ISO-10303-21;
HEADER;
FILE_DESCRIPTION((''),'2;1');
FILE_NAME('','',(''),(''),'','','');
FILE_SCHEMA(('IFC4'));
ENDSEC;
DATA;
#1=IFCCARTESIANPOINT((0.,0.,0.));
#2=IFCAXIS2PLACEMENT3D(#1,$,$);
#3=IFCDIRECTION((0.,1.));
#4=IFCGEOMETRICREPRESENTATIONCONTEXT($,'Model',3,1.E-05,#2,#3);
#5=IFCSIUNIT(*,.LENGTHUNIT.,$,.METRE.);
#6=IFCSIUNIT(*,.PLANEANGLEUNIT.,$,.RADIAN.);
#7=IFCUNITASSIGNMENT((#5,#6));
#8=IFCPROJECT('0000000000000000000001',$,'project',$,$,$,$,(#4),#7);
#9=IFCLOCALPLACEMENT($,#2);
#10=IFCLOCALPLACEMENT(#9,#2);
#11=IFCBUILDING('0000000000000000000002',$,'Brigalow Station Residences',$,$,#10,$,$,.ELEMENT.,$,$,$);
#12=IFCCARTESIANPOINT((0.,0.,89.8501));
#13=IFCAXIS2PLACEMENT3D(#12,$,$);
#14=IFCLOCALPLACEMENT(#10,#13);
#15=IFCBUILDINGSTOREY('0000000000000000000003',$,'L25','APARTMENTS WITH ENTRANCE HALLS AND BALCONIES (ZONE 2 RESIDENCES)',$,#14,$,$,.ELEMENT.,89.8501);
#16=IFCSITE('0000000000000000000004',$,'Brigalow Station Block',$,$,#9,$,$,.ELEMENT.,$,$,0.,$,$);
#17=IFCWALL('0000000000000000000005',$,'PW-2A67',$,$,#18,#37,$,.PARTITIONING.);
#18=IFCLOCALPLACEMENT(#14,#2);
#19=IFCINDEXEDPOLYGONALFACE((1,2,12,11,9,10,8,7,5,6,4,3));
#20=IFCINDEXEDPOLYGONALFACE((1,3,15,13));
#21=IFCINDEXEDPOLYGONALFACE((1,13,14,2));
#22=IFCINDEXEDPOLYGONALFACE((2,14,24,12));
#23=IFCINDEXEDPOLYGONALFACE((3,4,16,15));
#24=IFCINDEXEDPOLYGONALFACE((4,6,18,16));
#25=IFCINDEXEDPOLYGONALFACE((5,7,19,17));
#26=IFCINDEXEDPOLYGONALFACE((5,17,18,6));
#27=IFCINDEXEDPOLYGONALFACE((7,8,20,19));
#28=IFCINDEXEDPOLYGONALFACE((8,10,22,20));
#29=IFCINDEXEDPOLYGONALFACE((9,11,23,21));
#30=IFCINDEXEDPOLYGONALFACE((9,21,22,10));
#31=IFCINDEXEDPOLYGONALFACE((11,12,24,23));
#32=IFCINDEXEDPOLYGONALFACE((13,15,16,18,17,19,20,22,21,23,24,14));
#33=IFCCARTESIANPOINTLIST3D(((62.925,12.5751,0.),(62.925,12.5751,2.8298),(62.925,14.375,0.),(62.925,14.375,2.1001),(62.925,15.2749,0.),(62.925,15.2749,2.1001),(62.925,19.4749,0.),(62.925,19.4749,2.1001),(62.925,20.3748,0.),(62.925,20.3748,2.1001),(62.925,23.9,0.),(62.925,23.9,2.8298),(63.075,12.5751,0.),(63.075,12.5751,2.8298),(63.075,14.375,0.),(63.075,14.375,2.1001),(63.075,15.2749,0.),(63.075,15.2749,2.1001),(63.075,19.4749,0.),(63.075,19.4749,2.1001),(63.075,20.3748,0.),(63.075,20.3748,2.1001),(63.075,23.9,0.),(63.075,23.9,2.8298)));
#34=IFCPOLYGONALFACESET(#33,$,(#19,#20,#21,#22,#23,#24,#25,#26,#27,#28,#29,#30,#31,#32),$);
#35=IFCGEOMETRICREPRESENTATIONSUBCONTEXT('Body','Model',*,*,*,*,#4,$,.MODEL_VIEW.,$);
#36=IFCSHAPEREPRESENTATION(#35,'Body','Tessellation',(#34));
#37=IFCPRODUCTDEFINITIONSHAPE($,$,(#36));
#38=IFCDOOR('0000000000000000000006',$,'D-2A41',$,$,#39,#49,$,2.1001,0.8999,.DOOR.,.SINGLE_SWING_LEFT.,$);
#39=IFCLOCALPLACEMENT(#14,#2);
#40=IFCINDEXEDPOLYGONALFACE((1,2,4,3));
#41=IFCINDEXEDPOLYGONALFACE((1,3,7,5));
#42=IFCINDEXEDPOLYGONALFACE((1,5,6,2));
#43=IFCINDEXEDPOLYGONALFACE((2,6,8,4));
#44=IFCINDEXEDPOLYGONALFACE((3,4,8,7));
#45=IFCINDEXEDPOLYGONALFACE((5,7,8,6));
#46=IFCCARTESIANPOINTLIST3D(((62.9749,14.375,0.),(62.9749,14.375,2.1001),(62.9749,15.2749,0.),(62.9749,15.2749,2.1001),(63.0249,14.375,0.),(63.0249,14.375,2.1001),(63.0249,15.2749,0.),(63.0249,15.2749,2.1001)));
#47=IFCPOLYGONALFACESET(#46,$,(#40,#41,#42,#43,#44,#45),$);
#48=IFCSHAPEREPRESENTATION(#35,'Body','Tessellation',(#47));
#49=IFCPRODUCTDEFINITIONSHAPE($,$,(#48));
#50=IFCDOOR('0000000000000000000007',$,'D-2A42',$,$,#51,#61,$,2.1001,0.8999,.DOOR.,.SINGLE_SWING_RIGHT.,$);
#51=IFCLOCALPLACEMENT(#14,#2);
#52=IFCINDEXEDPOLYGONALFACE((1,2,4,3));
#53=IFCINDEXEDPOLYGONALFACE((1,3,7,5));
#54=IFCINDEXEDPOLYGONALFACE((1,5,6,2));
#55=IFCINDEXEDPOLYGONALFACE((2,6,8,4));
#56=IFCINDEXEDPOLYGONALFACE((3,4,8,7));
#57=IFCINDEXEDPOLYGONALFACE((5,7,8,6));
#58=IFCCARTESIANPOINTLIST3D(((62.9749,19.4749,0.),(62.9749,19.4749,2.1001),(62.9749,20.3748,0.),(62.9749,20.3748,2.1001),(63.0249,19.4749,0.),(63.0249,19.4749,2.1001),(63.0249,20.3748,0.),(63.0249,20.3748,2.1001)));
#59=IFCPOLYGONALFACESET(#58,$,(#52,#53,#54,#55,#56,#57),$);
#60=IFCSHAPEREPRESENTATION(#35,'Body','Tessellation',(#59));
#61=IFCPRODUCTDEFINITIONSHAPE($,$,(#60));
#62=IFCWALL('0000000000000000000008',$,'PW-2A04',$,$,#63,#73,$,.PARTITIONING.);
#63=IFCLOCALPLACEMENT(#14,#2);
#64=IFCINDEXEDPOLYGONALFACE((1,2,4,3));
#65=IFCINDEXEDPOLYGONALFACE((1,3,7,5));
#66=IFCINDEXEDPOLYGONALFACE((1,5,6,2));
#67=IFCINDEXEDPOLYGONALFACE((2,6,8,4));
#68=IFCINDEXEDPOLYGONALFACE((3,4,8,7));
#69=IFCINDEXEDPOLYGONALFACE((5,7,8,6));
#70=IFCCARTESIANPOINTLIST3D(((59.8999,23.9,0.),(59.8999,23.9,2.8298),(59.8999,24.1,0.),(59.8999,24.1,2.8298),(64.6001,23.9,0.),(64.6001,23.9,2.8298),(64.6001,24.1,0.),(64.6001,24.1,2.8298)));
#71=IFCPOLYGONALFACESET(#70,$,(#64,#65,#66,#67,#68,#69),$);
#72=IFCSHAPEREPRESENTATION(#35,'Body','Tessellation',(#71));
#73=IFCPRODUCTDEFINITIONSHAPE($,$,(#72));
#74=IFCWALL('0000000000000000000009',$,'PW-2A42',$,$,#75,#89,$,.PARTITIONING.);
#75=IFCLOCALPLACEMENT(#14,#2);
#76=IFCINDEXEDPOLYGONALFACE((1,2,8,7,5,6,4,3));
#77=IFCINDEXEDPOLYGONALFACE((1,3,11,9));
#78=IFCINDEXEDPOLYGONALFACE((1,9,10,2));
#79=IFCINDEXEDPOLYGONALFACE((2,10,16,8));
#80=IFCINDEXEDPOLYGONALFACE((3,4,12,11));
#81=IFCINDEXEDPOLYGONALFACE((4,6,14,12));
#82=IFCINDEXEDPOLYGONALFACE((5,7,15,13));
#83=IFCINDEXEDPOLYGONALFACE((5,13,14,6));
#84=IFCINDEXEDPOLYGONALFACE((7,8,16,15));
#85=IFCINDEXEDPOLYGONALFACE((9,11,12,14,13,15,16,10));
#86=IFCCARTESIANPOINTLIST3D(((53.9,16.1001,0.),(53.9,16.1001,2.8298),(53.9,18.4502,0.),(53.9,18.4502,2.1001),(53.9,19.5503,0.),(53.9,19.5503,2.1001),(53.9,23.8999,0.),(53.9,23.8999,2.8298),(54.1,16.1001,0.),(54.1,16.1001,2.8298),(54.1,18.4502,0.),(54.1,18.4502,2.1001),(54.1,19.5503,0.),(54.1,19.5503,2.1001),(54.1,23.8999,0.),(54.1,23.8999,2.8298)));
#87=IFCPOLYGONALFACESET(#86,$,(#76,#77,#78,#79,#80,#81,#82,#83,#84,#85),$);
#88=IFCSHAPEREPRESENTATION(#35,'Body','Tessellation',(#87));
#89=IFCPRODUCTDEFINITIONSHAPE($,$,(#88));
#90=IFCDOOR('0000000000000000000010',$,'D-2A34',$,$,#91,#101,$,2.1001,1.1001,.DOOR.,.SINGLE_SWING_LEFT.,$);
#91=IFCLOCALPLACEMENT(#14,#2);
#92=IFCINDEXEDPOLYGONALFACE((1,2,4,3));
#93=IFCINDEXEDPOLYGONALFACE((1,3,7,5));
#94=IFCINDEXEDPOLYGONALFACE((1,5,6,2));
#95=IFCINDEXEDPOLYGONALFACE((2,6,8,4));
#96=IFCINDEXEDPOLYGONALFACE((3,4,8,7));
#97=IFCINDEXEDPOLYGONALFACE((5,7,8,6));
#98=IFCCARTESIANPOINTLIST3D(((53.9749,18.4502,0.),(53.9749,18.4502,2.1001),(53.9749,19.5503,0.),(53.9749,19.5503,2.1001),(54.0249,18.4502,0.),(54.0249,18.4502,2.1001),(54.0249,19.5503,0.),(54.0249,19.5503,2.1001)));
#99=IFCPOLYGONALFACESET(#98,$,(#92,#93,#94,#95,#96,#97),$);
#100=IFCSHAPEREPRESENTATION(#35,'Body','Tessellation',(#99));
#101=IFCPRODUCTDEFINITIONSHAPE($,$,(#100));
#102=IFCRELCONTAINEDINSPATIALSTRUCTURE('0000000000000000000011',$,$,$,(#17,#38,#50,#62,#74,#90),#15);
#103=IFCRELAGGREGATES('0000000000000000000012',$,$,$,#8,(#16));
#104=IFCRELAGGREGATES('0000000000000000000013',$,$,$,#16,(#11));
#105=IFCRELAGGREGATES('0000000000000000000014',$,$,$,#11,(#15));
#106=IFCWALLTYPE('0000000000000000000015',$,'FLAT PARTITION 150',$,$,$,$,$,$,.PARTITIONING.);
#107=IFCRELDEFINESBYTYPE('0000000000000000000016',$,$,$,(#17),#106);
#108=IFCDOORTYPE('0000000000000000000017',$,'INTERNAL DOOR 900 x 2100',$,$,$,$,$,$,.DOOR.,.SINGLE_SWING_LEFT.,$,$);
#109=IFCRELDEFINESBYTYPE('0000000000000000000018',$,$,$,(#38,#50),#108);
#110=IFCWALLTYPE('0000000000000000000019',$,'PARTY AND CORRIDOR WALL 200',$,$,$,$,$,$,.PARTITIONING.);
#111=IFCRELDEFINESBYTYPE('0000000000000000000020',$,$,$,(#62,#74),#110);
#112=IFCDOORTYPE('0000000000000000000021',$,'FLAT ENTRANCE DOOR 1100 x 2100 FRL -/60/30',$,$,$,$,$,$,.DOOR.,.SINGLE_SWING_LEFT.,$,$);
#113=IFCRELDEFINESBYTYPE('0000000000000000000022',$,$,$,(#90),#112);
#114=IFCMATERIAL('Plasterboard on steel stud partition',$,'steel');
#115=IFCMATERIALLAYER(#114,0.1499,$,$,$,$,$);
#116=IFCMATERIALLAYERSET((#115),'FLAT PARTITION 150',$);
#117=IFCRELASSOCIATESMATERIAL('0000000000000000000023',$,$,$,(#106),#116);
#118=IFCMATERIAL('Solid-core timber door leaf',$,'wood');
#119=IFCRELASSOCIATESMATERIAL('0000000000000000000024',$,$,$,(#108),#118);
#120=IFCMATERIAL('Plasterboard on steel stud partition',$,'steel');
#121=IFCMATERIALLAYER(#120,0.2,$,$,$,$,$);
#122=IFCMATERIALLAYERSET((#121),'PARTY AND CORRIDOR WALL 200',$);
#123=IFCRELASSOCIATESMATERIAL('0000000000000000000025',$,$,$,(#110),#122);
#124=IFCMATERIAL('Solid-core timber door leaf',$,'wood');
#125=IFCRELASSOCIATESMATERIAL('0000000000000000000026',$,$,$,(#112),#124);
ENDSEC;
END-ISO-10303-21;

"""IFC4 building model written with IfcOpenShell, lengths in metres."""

from ifc_helpers import new_model, si_unit, direction, frame, frame_2d, origin, place, context, subcontext, project, spatial, rectangle, extrude, material, layer, layer_set, type_object, element, fill, save


model = new_model("IFC4")

# Units and contexts
model_context = context("Model", 3, precision=1e-05, world=origin(), true_north=direction((0.0, 1.0)))
body_context = subcontext(model_context, "Body", "Model", "MODEL_VIEW")
ifc_project = project(units=[si_unit("LENGTHUNIT", "METRE"), si_unit("PLANEANGLEUNIT", "RADIAN")], contexts=[model_context])

# Site, building, storey
site_placement = place(None, origin())
site = spatial("IfcSite", under=ifc_project, at=site_placement, Name="Brigalow Station Block", CompositionType="ELEMENT", RefElevation=0.0)
building_placement = place(site_placement, origin())
building = spatial("IfcBuilding", under=site, at=building_placement, Name="Brigalow Station Residences", CompositionType="ELEMENT")
storey_placement = place(building_placement, frame((0.0, 0.0, 89.8501)))
storey = spatial("IfcBuildingStorey", under=building, at=storey_placement, Name="L25", Description="APARTMENTS WITH ENTRANCE HALLS AND BALCONIES (ZONE 2 RESIDENCES)", CompositionType="ELEMENT", Elevation=89.8501)

# Shared definitions
ifc_material_1 = material(Name="Plasterboard on steel stud partition", Category="steel")
ifc_layer_1 = layer(ifc_material_1, 0.1499)
ifc_layer_set_1 = layer_set([ifc_layer_1], Name="FLAT PARTITION 150")
wall_type_1 = type_object("IfcWallType", Name="FLAT PARTITION 150", PredefinedType="PARTITIONING", material=ifc_layer_set_1)

# Shared definitions
ifc_material_2 = material(Name="Solid-core timber door leaf", Category="wood")
door_type_1 = type_object("IfcDoorType", Name="INTERNAL DOOR 900 x 2100", OperationType="SINGLE_SWING_LEFT", PredefinedType="DOOR", material=ifc_material_2)

# Wall, openings, doors
wall_1_placement = place(storey_placement, frame((63.0, 12.575, 0.0), z_axis=(0.0, 0.0, 1.0), x_axis=(0.0, 1.0, 0.0)))
wall_1 = element("IfcWall", 1, at=wall_1_placement, inside=storey, type_object=wall_type_1, Name="PW-2A67", PredefinedType="PARTITIONING", context=body_context, shape_type="SweptSolid", body=[
    extrude(rectangle(XDim=11.325, YDim=0.1499, at=frame_2d((5.6626, 0.0))), origin(), (0.0, 0.0, 1.0), 2.8298),
])
opening_1_placement = place(wall_1_placement, frame((1.8, 0.0, 0.0)))
opening_1 = element("IfcOpeningElement", 2, at=opening_1_placement, cuts=wall_1, PredefinedType="OPENING", context=body_context, shape_type="SweptSolid", body=[
    extrude(rectangle(XDim=0.8999, YDim=2.1001, at=frame_2d((0.45, 1.05))), frame((0.0, 0.085, 0.0), z_axis=(0.0, -1.0, 0.0), x_axis=(1.0, 0.0, 0.0)), (0.0, 0.0, 1.0), 0.1699),
])
opening_2_placement = place(wall_1_placement, frame((6.8999, 0.0, 0.0)))
opening_2 = element("IfcOpeningElement", 3, at=opening_2_placement, cuts=wall_1, PredefinedType="OPENING", context=body_context, shape_type="SweptSolid", body=[
    extrude(rectangle(XDim=0.8999, YDim=2.1001, at=frame_2d((0.45, 1.05))), frame((0.0, 0.085, 0.0), z_axis=(0.0, -1.0, 0.0), x_axis=(1.0, 0.0, 0.0)), (0.0, 0.0, 1.0), 0.1699),
])
door_1_placement = place(opening_1_placement, frame((0.8999, 0.0, 0.0), z_axis=(0.0, 0.0, 1.0), x_axis=(-1.0, 0.0, 0.0)))
door_1 = element("IfcDoor", 4, at=door_1_placement, inside=storey, type_object=door_type_1, Name="D-2A41", OperationType="SINGLE_SWING_LEFT", OverallHeight=2.1001, OverallWidth=0.8999, PredefinedType="DOOR", context=body_context, shape_type="SweptSolid", body=[
    extrude(rectangle(XDim=0.8999, YDim=2.1001, at=frame_2d((0.45, 1.05))), frame((0.0, 0.0249, 0.0), z_axis=(0.0, -1.0, 0.0), x_axis=(1.0, 0.0, 0.0)), (0.0, 0.0, 1.0), 0.05),
])
fill(opening_1, door_1)
door_2_placement = place(opening_2_placement, frame((0.8999, 0.0, 0.0), z_axis=(0.0, 0.0, 1.0), x_axis=(-1.0, 0.0, 0.0)))
door_2 = element("IfcDoor", 5, at=door_2_placement, inside=storey, type_object=door_type_1, Name="D-2A42", OperationType="SINGLE_SWING_RIGHT", OverallHeight=2.1001, OverallWidth=0.8999, PredefinedType="DOOR", context=body_context, shape_type="SweptSolid", body=[
    extrude(rectangle(XDim=0.8999, YDim=2.1001, at=frame_2d((0.45, 1.05))), frame((0.0, 0.0249, 0.0), z_axis=(0.0, -1.0, 0.0), x_axis=(1.0, 0.0, 0.0)), (0.0, 0.0, 1.0), 0.05),
])
fill(opening_2, door_2)

# Wall
ifc_material_3 = material(Name="Plasterboard on steel stud partition", Category="steel")
ifc_layer_2 = layer(ifc_material_3, 0.2)
ifc_layer_set_2 = layer_set([ifc_layer_2], Name="PARTY AND CORRIDOR WALL 200")
wall_type_2 = type_object("IfcWallType", Name="PARTY AND CORRIDOR WALL 200", PredefinedType="PARTITIONING", material=ifc_layer_set_2)
wall_2_placement = place(storey_placement, frame((59.8999, 24.0, 0.0), z_axis=(0.0, 0.0, 1.0), x_axis=(1.0, 0.0, 0.0)))
element("IfcWall", 6, at=wall_2_placement, inside=storey, type_object=wall_type_2, Name="PW-2A04", PredefinedType="PARTITIONING", context=body_context, shape_type="SweptSolid", body=[
    extrude(rectangle(XDim=4.7002, YDim=0.2, at=frame_2d((2.3501, 0.0))), origin(), (0.0, 0.0, 1.0), 2.8298),
])

# Wall, opening, door
wall_3_placement = place(storey_placement, frame((54.0, 16.1001, 0.0), z_axis=(0.0, 0.0, 1.0), x_axis=(0.0, 1.0, 0.0)))
wall_3 = element("IfcWall", 7, at=wall_3_placement, inside=storey, type_object=wall_type_2, Name="PW-2A42", PredefinedType="PARTITIONING", context=body_context, shape_type="SweptSolid", body=[
    extrude(rectangle(XDim=7.7998, YDim=0.2, at=frame_2d((3.8999, 0.0))), origin(), (0.0, 0.0, 1.0), 2.8298),
])
opening_3_placement = place(wall_3_placement, frame((2.3501, 0.0, 0.0)))
opening_3 = element("IfcOpeningElement", 8, at=opening_3_placement, cuts=wall_3, PredefinedType="OPENING", context=body_context, shape_type="SweptSolid", body=[
    extrude(rectangle(XDim=1.1001, YDim=2.1001, at=frame_2d((0.55, 1.05))), frame((0.0, 0.1099, 0.0), z_axis=(0.0, -1.0, 0.0), x_axis=(1.0, 0.0, 0.0)), (0.0, 0.0, 1.0), 0.22),
])
ifc_material_4 = material(Name="Solid-core timber door leaf", Category="wood")
door_type_2 = type_object("IfcDoorType", Name="FLAT ENTRANCE DOOR 1100 x 2100 FRL -/60/30", OperationType="SINGLE_SWING_LEFT", PredefinedType="DOOR", material=ifc_material_4)
door_3_placement = place(opening_3_placement, frame((1.1001, 0.0, 0.0), z_axis=(0.0, 0.0, 1.0), x_axis=(-1.0, 0.0, 0.0)))
door_3 = element("IfcDoor", 9, at=door_3_placement, inside=storey, type_object=door_type_2, Name="D-2A34", OperationType="SINGLE_SWING_LEFT", OverallHeight=2.1001, OverallWidth=1.1001, PredefinedType="DOOR", context=body_context, shape_type="SweptSolid", body=[
    extrude(rectangle(XDim=1.1001, YDim=2.1001, at=frame_2d((0.55, 1.05))), frame((0.0, 0.0249, 0.0), z_axis=(0.0, -1.0, 0.0), x_axis=(1.0, 0.0, 0.0)), (0.0, 0.0, 1.0), 0.05),
])
fill(opening_3, door_3)

save(model, "model.ifc")
